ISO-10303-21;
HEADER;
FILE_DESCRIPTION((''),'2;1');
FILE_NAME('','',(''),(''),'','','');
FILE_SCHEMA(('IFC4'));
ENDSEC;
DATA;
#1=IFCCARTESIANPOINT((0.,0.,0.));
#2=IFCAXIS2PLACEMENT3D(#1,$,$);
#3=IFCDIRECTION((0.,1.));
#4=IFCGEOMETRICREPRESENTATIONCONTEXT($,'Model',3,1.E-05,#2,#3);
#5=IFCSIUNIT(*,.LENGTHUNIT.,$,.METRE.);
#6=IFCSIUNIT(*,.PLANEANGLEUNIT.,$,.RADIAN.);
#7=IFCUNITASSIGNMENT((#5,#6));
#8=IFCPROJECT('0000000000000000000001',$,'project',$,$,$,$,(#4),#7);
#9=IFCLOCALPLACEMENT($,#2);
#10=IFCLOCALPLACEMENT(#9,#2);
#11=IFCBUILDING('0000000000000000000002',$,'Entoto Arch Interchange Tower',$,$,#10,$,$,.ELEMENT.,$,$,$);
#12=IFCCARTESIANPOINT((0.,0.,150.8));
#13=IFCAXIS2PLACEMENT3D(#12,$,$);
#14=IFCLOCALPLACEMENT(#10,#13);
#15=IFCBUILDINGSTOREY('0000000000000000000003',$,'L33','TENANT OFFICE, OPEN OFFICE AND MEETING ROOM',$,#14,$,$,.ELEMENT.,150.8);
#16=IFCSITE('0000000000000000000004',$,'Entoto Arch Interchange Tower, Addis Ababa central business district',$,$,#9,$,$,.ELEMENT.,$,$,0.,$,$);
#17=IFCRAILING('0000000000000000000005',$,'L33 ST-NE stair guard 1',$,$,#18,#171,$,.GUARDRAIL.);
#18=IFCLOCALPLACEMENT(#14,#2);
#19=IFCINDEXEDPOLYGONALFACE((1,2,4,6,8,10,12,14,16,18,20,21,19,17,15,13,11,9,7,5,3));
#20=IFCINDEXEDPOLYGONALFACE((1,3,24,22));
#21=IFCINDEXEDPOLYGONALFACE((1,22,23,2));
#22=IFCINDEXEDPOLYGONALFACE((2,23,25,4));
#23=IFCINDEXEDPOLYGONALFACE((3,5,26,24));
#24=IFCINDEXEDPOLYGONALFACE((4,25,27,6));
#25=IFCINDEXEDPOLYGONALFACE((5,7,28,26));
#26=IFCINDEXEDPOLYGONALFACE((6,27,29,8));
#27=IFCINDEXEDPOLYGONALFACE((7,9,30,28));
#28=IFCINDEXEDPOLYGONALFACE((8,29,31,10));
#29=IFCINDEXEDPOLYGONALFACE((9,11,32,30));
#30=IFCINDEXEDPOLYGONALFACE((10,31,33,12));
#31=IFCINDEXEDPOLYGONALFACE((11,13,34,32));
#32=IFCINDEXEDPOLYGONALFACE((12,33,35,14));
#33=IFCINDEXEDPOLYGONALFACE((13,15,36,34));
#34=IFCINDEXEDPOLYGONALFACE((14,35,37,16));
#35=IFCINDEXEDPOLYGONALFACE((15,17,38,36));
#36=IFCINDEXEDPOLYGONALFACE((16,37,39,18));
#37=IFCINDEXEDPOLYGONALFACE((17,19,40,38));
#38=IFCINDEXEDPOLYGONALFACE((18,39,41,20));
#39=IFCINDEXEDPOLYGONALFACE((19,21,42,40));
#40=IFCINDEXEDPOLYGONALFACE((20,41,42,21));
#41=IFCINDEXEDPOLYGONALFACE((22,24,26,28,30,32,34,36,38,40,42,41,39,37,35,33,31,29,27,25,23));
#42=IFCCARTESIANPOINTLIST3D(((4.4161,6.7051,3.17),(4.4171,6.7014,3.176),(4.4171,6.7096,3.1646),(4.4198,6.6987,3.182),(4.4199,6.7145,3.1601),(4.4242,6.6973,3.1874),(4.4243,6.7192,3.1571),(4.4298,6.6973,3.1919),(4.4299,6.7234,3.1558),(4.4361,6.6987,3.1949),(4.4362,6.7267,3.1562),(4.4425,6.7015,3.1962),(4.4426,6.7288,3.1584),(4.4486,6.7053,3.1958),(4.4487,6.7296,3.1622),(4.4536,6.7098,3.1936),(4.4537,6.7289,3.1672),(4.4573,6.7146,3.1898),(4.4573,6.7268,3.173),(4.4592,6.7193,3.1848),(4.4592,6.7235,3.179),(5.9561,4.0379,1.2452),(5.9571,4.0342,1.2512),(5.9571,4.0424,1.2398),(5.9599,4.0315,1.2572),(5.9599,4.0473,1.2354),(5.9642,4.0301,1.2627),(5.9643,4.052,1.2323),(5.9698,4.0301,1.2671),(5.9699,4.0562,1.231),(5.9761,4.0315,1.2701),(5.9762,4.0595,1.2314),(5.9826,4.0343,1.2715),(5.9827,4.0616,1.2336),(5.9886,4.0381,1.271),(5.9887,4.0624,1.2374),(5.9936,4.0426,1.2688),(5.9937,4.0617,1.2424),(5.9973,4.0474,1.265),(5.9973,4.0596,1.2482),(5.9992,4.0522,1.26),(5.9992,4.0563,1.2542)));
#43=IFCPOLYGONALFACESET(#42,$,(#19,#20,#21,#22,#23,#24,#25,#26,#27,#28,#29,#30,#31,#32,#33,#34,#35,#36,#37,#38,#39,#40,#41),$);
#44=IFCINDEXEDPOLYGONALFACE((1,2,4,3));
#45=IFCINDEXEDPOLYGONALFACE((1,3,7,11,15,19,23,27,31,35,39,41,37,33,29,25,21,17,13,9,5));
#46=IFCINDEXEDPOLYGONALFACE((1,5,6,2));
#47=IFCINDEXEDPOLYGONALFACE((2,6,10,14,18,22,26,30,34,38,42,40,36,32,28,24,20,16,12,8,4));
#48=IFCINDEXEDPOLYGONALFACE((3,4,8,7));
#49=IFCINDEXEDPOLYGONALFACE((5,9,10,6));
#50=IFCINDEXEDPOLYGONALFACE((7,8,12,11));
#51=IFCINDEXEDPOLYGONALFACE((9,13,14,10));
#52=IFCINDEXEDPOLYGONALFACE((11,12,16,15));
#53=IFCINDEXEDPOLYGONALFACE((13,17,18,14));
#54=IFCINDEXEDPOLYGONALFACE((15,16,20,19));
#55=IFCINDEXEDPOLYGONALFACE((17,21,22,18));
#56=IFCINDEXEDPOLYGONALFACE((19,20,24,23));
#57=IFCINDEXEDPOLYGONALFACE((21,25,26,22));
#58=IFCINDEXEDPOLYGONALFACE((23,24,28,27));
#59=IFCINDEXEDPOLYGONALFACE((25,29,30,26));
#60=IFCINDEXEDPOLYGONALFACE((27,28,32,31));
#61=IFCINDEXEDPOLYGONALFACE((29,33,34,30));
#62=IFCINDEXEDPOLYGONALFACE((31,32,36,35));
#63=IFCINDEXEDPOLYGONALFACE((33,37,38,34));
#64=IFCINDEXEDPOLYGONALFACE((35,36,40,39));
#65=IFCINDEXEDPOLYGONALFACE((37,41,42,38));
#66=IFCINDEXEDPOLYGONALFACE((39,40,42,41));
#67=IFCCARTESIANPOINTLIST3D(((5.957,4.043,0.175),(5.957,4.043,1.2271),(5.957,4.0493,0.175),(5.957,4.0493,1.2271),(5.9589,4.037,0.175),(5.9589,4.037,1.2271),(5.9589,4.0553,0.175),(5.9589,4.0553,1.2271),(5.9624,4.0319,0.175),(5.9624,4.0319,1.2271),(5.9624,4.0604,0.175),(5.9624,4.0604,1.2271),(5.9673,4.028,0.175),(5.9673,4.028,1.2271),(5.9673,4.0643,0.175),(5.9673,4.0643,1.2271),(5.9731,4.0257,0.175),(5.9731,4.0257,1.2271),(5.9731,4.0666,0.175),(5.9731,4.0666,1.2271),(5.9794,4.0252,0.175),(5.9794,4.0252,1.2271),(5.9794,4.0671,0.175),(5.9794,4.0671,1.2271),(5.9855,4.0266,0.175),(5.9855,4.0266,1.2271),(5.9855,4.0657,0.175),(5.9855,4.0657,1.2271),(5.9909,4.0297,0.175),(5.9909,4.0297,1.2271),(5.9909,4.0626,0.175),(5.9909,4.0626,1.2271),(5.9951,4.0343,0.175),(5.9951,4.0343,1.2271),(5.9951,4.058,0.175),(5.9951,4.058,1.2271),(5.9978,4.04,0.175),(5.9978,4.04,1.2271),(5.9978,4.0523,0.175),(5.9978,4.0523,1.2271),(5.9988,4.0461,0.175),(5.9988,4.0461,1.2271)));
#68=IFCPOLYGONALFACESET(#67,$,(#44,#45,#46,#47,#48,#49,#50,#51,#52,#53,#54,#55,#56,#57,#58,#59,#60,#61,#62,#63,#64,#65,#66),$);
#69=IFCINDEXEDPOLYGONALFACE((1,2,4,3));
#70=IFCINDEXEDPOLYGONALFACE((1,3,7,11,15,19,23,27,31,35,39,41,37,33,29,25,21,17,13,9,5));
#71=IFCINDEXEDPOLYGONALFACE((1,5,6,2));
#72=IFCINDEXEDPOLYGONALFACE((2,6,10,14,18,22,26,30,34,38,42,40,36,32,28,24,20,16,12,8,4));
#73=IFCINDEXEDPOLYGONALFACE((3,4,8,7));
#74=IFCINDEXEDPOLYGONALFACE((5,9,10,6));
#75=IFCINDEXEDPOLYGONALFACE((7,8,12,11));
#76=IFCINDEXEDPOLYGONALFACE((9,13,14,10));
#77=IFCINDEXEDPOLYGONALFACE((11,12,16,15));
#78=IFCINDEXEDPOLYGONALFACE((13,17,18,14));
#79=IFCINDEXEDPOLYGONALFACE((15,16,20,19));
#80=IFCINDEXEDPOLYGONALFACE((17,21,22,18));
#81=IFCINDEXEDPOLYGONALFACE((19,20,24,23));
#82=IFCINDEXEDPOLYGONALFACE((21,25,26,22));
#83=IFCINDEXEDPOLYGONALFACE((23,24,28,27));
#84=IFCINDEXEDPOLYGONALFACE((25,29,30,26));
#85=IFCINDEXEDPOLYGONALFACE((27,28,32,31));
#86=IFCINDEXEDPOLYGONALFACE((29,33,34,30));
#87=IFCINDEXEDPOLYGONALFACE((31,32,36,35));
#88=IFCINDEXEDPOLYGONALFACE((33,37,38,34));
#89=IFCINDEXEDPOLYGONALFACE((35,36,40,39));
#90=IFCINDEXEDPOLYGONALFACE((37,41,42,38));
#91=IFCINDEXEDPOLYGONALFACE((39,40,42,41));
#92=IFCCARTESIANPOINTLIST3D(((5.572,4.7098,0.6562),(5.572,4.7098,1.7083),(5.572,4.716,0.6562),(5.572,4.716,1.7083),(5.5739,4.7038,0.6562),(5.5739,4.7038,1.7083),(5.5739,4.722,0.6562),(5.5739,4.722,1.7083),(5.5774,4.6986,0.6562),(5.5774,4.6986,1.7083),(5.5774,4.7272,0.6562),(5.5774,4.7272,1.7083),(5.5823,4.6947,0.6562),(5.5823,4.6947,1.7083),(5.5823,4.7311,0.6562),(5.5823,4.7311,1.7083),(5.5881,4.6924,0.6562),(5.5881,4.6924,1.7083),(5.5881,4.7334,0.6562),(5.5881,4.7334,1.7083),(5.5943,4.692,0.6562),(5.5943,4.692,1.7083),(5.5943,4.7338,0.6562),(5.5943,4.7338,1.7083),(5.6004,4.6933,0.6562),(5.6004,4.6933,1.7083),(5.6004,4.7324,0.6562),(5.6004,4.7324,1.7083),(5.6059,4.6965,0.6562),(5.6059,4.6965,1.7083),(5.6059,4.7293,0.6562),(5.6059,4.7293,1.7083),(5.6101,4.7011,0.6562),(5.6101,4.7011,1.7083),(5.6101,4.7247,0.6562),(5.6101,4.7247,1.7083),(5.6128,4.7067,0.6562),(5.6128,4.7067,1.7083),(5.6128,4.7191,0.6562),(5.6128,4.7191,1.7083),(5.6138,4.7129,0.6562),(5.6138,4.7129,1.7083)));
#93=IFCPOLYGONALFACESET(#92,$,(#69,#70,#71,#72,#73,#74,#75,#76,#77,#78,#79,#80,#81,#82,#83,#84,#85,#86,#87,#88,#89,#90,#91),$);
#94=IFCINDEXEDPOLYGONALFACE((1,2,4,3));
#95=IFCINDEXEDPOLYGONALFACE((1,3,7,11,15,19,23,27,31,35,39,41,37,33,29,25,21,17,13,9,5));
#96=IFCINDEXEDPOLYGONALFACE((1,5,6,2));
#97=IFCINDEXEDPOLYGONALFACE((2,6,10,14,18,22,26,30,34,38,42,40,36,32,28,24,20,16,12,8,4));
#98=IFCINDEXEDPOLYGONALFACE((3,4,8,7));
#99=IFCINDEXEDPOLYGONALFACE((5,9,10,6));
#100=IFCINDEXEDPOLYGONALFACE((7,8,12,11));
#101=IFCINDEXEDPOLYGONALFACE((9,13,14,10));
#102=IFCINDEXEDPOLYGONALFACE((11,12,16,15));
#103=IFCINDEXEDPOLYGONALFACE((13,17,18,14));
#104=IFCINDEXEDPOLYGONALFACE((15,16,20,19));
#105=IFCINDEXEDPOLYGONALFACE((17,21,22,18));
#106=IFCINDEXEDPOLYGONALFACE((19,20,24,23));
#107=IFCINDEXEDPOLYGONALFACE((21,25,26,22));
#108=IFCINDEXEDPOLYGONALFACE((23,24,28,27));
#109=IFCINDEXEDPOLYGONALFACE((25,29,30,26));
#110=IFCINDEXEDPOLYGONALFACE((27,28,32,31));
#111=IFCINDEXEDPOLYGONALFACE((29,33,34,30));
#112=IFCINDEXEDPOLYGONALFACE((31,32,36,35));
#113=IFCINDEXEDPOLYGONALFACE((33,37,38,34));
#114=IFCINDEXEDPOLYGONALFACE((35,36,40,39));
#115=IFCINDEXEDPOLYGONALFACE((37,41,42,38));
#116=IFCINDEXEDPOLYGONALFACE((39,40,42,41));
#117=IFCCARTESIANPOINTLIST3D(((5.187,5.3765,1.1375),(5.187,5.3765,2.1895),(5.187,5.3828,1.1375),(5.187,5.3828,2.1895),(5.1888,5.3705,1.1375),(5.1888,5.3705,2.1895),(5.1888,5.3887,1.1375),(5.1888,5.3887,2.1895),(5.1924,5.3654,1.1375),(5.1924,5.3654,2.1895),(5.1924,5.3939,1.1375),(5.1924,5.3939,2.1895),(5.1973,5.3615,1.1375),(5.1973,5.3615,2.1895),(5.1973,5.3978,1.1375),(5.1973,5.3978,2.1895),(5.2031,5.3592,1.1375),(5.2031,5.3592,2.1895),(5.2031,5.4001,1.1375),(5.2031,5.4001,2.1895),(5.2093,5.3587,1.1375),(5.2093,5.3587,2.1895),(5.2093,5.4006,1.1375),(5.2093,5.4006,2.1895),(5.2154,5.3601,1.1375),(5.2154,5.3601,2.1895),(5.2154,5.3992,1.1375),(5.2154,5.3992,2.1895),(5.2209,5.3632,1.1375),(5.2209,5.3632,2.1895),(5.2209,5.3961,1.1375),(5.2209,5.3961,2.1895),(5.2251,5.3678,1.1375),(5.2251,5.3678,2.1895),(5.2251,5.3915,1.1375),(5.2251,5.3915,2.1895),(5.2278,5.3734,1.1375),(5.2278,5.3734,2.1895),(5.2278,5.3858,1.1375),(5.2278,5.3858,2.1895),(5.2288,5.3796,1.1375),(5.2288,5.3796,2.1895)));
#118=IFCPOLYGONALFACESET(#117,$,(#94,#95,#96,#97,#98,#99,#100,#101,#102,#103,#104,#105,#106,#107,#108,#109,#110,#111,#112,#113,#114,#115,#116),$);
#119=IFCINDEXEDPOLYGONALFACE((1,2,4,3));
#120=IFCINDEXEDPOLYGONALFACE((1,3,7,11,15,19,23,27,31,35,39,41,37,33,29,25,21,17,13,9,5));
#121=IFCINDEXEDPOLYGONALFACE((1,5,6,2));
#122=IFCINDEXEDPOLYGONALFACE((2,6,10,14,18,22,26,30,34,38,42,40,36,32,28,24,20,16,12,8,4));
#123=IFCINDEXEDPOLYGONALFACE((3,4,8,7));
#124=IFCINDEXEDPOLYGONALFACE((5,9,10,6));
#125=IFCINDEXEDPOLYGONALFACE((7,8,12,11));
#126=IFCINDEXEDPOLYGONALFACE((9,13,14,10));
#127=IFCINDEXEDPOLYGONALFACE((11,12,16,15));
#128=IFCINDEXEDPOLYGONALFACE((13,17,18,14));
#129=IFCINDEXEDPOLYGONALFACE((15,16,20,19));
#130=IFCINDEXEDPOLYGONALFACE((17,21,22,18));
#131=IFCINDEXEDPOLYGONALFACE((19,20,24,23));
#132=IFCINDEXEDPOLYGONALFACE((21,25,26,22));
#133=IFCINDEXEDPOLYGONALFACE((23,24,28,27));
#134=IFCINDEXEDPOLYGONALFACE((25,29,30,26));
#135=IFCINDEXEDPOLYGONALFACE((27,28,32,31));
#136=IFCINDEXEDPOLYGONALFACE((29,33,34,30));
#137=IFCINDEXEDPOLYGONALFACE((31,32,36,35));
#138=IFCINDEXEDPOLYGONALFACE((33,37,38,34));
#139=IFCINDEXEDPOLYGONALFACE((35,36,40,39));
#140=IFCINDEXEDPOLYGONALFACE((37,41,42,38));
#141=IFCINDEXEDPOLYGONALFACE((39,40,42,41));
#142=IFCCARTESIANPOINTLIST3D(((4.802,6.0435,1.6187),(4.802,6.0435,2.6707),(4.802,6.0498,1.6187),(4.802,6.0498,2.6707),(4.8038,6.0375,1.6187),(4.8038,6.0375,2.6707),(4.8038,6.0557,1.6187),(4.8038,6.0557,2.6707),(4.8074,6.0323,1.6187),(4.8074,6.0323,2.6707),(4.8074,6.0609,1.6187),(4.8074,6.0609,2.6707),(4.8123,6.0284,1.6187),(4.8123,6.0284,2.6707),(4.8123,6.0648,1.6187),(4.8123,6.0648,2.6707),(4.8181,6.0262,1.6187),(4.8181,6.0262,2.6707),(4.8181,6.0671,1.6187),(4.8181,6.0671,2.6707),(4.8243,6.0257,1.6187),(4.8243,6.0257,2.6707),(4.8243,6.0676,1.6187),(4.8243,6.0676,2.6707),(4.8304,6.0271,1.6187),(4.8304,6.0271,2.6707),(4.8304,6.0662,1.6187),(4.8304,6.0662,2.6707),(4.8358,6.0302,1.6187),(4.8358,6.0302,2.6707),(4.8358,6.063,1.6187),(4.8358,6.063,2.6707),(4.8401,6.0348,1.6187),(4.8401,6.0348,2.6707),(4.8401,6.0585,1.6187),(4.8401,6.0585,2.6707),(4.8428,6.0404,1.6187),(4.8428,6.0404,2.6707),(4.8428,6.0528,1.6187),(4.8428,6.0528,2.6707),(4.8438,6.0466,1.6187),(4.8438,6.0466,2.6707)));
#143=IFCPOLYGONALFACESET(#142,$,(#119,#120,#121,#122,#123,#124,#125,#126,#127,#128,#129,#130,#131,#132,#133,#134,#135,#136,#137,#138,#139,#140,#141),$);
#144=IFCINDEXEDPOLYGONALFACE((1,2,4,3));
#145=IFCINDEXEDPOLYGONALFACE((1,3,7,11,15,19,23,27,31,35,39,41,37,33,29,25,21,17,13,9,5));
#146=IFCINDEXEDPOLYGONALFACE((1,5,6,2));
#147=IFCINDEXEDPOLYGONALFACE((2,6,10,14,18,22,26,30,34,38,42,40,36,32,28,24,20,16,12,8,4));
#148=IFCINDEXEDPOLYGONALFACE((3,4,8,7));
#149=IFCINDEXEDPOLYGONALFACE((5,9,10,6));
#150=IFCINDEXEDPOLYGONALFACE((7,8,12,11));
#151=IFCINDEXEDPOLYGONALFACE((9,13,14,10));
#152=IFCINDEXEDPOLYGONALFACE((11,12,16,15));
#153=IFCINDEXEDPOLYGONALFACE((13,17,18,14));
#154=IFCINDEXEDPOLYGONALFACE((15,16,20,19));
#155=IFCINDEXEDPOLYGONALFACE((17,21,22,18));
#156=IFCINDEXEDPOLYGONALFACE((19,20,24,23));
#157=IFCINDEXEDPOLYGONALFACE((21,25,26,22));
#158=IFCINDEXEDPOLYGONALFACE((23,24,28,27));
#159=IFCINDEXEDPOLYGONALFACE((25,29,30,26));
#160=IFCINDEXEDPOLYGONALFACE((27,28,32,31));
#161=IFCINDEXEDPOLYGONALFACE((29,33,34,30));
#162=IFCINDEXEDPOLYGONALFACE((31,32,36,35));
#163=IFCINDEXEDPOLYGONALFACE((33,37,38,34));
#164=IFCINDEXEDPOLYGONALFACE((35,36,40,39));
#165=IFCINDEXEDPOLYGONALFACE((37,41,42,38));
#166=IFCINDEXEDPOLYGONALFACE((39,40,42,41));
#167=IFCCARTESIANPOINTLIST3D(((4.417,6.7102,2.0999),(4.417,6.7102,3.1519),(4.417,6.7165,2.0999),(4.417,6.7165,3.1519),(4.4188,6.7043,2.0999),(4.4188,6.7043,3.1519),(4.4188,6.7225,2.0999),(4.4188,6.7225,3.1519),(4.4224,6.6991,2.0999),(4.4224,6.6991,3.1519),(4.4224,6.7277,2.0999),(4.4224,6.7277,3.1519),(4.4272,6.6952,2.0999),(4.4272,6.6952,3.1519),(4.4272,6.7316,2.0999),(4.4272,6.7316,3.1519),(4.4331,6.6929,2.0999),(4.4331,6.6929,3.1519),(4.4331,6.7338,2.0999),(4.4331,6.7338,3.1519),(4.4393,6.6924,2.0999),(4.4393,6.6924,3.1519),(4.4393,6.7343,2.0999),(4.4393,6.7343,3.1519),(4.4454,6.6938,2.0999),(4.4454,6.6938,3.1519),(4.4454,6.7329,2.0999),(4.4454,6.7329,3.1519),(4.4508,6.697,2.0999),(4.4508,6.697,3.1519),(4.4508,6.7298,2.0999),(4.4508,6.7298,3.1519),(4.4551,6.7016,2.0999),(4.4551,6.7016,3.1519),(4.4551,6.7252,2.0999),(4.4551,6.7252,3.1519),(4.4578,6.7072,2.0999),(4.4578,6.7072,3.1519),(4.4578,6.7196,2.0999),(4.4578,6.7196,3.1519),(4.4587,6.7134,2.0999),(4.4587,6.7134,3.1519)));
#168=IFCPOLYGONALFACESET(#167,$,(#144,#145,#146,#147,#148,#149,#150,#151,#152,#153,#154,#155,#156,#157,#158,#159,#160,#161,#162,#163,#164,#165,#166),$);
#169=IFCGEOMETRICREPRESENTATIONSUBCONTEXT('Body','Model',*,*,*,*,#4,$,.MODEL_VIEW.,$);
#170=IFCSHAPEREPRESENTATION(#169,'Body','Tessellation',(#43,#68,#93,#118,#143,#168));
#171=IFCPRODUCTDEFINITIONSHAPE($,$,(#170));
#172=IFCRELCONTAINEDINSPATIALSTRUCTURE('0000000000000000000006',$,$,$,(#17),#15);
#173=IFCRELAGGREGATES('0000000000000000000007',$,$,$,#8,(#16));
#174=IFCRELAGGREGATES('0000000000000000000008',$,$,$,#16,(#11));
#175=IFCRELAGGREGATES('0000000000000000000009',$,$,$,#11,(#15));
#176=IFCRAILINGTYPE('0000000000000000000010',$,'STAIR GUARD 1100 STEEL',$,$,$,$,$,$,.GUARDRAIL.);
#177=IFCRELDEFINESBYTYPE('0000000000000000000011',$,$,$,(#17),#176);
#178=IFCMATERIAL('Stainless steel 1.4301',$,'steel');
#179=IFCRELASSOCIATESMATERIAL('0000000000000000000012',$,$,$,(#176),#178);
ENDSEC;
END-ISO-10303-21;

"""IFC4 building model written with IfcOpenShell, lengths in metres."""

from ifc_helpers import new_model, si_unit, direction, frame, origin, origin_2d, place, context, subcontext, project, spatial, circle, extrude, material, type_object, element, save


model = new_model("IFC4")

# Units and contexts
model_context = context("Model", 3, precision=1e-05, world=origin(), true_north=direction((0.0, 1.0)))
body_context = subcontext(model_context, "Body", "Model", "MODEL_VIEW")
ifc_project = project(units=[si_unit("LENGTHUNIT", "METRE"), si_unit("PLANEANGLEUNIT", "RADIAN")], contexts=[model_context])

# Site, building, storey
site_placement = place(None, origin())
site = spatial("IfcSite", under=ifc_project, at=site_placement, Name="Entoto Arch Interchange Tower, Addis Ababa central business district", CompositionType="ELEMENT", RefElevation=0.0)
building_placement = place(site_placement, origin())
building = spatial("IfcBuilding", under=site, at=building_placement, Name="Entoto Arch Interchange Tower", CompositionType="ELEMENT")
storey_placement = place(building_placement, frame((0.0, 0.0, 150.8)))
storey = spatial("IfcBuildingStorey", under=building, at=storey_placement, Name="L33", Description="TENANT OFFICE, OPEN OFFICE AND MEETING ROOM", CompositionType="ELEMENT", Elevation=150.8)

# Railing
ifc_material_1 = material(Name="Stainless steel 1.4301", Category="steel")
railing_type_1 = type_object("IfcRailingType", Name="STAIR GUARD 1100 STEEL", PredefinedType="GUARDRAIL", material=ifc_material_1)
railing_1_placement = place(storey_placement, frame((5.9778, 4.0461, 0.175)))
element("IfcRailing", 1, at=railing_1_placement, inside=storey, type_object=railing_type_1, Name="L33 ST-NE stair guard 1", PredefinedType="GUARDRAIL", context=body_context, shape_type="SweptSolid", body=[
    extrude(circle(Radius=0.0239, at=origin_2d()), frame((0.0, 0.0, 1.0762), z_axis=(-0.424031, 0.73439, 0.529971), x_axis=(-0.86601, -0.500027, 0.0)), (0.0, 0.0, 1.0), 3.6318),
    extrude(circle(Radius=0.021, at=origin_2d()), origin(), (0.0, 0.0, 1.0), 1.052),
    extrude(circle(Radius=0.021, at=origin_2d()), frame((-0.385, 0.6667, 0.4812)), (0.0, 0.0, 1.0), 1.052),
    extrude(circle(Radius=0.021, at=origin_2d()), frame((-0.77, 1.3335, 0.9624)), (0.0, 0.0, 1.0), 1.052),
    extrude(circle(Radius=0.021, at=origin_2d()), frame((-1.155, 2.0005, 1.4436)), (0.0, 0.0, 1.0), 1.052),
    extrude(circle(Radius=0.021, at=origin_2d()), frame((-1.54, 2.6672, 1.9248)), (0.0, 0.0, 1.0), 1.052),
])

save(model, "model.ifc")
